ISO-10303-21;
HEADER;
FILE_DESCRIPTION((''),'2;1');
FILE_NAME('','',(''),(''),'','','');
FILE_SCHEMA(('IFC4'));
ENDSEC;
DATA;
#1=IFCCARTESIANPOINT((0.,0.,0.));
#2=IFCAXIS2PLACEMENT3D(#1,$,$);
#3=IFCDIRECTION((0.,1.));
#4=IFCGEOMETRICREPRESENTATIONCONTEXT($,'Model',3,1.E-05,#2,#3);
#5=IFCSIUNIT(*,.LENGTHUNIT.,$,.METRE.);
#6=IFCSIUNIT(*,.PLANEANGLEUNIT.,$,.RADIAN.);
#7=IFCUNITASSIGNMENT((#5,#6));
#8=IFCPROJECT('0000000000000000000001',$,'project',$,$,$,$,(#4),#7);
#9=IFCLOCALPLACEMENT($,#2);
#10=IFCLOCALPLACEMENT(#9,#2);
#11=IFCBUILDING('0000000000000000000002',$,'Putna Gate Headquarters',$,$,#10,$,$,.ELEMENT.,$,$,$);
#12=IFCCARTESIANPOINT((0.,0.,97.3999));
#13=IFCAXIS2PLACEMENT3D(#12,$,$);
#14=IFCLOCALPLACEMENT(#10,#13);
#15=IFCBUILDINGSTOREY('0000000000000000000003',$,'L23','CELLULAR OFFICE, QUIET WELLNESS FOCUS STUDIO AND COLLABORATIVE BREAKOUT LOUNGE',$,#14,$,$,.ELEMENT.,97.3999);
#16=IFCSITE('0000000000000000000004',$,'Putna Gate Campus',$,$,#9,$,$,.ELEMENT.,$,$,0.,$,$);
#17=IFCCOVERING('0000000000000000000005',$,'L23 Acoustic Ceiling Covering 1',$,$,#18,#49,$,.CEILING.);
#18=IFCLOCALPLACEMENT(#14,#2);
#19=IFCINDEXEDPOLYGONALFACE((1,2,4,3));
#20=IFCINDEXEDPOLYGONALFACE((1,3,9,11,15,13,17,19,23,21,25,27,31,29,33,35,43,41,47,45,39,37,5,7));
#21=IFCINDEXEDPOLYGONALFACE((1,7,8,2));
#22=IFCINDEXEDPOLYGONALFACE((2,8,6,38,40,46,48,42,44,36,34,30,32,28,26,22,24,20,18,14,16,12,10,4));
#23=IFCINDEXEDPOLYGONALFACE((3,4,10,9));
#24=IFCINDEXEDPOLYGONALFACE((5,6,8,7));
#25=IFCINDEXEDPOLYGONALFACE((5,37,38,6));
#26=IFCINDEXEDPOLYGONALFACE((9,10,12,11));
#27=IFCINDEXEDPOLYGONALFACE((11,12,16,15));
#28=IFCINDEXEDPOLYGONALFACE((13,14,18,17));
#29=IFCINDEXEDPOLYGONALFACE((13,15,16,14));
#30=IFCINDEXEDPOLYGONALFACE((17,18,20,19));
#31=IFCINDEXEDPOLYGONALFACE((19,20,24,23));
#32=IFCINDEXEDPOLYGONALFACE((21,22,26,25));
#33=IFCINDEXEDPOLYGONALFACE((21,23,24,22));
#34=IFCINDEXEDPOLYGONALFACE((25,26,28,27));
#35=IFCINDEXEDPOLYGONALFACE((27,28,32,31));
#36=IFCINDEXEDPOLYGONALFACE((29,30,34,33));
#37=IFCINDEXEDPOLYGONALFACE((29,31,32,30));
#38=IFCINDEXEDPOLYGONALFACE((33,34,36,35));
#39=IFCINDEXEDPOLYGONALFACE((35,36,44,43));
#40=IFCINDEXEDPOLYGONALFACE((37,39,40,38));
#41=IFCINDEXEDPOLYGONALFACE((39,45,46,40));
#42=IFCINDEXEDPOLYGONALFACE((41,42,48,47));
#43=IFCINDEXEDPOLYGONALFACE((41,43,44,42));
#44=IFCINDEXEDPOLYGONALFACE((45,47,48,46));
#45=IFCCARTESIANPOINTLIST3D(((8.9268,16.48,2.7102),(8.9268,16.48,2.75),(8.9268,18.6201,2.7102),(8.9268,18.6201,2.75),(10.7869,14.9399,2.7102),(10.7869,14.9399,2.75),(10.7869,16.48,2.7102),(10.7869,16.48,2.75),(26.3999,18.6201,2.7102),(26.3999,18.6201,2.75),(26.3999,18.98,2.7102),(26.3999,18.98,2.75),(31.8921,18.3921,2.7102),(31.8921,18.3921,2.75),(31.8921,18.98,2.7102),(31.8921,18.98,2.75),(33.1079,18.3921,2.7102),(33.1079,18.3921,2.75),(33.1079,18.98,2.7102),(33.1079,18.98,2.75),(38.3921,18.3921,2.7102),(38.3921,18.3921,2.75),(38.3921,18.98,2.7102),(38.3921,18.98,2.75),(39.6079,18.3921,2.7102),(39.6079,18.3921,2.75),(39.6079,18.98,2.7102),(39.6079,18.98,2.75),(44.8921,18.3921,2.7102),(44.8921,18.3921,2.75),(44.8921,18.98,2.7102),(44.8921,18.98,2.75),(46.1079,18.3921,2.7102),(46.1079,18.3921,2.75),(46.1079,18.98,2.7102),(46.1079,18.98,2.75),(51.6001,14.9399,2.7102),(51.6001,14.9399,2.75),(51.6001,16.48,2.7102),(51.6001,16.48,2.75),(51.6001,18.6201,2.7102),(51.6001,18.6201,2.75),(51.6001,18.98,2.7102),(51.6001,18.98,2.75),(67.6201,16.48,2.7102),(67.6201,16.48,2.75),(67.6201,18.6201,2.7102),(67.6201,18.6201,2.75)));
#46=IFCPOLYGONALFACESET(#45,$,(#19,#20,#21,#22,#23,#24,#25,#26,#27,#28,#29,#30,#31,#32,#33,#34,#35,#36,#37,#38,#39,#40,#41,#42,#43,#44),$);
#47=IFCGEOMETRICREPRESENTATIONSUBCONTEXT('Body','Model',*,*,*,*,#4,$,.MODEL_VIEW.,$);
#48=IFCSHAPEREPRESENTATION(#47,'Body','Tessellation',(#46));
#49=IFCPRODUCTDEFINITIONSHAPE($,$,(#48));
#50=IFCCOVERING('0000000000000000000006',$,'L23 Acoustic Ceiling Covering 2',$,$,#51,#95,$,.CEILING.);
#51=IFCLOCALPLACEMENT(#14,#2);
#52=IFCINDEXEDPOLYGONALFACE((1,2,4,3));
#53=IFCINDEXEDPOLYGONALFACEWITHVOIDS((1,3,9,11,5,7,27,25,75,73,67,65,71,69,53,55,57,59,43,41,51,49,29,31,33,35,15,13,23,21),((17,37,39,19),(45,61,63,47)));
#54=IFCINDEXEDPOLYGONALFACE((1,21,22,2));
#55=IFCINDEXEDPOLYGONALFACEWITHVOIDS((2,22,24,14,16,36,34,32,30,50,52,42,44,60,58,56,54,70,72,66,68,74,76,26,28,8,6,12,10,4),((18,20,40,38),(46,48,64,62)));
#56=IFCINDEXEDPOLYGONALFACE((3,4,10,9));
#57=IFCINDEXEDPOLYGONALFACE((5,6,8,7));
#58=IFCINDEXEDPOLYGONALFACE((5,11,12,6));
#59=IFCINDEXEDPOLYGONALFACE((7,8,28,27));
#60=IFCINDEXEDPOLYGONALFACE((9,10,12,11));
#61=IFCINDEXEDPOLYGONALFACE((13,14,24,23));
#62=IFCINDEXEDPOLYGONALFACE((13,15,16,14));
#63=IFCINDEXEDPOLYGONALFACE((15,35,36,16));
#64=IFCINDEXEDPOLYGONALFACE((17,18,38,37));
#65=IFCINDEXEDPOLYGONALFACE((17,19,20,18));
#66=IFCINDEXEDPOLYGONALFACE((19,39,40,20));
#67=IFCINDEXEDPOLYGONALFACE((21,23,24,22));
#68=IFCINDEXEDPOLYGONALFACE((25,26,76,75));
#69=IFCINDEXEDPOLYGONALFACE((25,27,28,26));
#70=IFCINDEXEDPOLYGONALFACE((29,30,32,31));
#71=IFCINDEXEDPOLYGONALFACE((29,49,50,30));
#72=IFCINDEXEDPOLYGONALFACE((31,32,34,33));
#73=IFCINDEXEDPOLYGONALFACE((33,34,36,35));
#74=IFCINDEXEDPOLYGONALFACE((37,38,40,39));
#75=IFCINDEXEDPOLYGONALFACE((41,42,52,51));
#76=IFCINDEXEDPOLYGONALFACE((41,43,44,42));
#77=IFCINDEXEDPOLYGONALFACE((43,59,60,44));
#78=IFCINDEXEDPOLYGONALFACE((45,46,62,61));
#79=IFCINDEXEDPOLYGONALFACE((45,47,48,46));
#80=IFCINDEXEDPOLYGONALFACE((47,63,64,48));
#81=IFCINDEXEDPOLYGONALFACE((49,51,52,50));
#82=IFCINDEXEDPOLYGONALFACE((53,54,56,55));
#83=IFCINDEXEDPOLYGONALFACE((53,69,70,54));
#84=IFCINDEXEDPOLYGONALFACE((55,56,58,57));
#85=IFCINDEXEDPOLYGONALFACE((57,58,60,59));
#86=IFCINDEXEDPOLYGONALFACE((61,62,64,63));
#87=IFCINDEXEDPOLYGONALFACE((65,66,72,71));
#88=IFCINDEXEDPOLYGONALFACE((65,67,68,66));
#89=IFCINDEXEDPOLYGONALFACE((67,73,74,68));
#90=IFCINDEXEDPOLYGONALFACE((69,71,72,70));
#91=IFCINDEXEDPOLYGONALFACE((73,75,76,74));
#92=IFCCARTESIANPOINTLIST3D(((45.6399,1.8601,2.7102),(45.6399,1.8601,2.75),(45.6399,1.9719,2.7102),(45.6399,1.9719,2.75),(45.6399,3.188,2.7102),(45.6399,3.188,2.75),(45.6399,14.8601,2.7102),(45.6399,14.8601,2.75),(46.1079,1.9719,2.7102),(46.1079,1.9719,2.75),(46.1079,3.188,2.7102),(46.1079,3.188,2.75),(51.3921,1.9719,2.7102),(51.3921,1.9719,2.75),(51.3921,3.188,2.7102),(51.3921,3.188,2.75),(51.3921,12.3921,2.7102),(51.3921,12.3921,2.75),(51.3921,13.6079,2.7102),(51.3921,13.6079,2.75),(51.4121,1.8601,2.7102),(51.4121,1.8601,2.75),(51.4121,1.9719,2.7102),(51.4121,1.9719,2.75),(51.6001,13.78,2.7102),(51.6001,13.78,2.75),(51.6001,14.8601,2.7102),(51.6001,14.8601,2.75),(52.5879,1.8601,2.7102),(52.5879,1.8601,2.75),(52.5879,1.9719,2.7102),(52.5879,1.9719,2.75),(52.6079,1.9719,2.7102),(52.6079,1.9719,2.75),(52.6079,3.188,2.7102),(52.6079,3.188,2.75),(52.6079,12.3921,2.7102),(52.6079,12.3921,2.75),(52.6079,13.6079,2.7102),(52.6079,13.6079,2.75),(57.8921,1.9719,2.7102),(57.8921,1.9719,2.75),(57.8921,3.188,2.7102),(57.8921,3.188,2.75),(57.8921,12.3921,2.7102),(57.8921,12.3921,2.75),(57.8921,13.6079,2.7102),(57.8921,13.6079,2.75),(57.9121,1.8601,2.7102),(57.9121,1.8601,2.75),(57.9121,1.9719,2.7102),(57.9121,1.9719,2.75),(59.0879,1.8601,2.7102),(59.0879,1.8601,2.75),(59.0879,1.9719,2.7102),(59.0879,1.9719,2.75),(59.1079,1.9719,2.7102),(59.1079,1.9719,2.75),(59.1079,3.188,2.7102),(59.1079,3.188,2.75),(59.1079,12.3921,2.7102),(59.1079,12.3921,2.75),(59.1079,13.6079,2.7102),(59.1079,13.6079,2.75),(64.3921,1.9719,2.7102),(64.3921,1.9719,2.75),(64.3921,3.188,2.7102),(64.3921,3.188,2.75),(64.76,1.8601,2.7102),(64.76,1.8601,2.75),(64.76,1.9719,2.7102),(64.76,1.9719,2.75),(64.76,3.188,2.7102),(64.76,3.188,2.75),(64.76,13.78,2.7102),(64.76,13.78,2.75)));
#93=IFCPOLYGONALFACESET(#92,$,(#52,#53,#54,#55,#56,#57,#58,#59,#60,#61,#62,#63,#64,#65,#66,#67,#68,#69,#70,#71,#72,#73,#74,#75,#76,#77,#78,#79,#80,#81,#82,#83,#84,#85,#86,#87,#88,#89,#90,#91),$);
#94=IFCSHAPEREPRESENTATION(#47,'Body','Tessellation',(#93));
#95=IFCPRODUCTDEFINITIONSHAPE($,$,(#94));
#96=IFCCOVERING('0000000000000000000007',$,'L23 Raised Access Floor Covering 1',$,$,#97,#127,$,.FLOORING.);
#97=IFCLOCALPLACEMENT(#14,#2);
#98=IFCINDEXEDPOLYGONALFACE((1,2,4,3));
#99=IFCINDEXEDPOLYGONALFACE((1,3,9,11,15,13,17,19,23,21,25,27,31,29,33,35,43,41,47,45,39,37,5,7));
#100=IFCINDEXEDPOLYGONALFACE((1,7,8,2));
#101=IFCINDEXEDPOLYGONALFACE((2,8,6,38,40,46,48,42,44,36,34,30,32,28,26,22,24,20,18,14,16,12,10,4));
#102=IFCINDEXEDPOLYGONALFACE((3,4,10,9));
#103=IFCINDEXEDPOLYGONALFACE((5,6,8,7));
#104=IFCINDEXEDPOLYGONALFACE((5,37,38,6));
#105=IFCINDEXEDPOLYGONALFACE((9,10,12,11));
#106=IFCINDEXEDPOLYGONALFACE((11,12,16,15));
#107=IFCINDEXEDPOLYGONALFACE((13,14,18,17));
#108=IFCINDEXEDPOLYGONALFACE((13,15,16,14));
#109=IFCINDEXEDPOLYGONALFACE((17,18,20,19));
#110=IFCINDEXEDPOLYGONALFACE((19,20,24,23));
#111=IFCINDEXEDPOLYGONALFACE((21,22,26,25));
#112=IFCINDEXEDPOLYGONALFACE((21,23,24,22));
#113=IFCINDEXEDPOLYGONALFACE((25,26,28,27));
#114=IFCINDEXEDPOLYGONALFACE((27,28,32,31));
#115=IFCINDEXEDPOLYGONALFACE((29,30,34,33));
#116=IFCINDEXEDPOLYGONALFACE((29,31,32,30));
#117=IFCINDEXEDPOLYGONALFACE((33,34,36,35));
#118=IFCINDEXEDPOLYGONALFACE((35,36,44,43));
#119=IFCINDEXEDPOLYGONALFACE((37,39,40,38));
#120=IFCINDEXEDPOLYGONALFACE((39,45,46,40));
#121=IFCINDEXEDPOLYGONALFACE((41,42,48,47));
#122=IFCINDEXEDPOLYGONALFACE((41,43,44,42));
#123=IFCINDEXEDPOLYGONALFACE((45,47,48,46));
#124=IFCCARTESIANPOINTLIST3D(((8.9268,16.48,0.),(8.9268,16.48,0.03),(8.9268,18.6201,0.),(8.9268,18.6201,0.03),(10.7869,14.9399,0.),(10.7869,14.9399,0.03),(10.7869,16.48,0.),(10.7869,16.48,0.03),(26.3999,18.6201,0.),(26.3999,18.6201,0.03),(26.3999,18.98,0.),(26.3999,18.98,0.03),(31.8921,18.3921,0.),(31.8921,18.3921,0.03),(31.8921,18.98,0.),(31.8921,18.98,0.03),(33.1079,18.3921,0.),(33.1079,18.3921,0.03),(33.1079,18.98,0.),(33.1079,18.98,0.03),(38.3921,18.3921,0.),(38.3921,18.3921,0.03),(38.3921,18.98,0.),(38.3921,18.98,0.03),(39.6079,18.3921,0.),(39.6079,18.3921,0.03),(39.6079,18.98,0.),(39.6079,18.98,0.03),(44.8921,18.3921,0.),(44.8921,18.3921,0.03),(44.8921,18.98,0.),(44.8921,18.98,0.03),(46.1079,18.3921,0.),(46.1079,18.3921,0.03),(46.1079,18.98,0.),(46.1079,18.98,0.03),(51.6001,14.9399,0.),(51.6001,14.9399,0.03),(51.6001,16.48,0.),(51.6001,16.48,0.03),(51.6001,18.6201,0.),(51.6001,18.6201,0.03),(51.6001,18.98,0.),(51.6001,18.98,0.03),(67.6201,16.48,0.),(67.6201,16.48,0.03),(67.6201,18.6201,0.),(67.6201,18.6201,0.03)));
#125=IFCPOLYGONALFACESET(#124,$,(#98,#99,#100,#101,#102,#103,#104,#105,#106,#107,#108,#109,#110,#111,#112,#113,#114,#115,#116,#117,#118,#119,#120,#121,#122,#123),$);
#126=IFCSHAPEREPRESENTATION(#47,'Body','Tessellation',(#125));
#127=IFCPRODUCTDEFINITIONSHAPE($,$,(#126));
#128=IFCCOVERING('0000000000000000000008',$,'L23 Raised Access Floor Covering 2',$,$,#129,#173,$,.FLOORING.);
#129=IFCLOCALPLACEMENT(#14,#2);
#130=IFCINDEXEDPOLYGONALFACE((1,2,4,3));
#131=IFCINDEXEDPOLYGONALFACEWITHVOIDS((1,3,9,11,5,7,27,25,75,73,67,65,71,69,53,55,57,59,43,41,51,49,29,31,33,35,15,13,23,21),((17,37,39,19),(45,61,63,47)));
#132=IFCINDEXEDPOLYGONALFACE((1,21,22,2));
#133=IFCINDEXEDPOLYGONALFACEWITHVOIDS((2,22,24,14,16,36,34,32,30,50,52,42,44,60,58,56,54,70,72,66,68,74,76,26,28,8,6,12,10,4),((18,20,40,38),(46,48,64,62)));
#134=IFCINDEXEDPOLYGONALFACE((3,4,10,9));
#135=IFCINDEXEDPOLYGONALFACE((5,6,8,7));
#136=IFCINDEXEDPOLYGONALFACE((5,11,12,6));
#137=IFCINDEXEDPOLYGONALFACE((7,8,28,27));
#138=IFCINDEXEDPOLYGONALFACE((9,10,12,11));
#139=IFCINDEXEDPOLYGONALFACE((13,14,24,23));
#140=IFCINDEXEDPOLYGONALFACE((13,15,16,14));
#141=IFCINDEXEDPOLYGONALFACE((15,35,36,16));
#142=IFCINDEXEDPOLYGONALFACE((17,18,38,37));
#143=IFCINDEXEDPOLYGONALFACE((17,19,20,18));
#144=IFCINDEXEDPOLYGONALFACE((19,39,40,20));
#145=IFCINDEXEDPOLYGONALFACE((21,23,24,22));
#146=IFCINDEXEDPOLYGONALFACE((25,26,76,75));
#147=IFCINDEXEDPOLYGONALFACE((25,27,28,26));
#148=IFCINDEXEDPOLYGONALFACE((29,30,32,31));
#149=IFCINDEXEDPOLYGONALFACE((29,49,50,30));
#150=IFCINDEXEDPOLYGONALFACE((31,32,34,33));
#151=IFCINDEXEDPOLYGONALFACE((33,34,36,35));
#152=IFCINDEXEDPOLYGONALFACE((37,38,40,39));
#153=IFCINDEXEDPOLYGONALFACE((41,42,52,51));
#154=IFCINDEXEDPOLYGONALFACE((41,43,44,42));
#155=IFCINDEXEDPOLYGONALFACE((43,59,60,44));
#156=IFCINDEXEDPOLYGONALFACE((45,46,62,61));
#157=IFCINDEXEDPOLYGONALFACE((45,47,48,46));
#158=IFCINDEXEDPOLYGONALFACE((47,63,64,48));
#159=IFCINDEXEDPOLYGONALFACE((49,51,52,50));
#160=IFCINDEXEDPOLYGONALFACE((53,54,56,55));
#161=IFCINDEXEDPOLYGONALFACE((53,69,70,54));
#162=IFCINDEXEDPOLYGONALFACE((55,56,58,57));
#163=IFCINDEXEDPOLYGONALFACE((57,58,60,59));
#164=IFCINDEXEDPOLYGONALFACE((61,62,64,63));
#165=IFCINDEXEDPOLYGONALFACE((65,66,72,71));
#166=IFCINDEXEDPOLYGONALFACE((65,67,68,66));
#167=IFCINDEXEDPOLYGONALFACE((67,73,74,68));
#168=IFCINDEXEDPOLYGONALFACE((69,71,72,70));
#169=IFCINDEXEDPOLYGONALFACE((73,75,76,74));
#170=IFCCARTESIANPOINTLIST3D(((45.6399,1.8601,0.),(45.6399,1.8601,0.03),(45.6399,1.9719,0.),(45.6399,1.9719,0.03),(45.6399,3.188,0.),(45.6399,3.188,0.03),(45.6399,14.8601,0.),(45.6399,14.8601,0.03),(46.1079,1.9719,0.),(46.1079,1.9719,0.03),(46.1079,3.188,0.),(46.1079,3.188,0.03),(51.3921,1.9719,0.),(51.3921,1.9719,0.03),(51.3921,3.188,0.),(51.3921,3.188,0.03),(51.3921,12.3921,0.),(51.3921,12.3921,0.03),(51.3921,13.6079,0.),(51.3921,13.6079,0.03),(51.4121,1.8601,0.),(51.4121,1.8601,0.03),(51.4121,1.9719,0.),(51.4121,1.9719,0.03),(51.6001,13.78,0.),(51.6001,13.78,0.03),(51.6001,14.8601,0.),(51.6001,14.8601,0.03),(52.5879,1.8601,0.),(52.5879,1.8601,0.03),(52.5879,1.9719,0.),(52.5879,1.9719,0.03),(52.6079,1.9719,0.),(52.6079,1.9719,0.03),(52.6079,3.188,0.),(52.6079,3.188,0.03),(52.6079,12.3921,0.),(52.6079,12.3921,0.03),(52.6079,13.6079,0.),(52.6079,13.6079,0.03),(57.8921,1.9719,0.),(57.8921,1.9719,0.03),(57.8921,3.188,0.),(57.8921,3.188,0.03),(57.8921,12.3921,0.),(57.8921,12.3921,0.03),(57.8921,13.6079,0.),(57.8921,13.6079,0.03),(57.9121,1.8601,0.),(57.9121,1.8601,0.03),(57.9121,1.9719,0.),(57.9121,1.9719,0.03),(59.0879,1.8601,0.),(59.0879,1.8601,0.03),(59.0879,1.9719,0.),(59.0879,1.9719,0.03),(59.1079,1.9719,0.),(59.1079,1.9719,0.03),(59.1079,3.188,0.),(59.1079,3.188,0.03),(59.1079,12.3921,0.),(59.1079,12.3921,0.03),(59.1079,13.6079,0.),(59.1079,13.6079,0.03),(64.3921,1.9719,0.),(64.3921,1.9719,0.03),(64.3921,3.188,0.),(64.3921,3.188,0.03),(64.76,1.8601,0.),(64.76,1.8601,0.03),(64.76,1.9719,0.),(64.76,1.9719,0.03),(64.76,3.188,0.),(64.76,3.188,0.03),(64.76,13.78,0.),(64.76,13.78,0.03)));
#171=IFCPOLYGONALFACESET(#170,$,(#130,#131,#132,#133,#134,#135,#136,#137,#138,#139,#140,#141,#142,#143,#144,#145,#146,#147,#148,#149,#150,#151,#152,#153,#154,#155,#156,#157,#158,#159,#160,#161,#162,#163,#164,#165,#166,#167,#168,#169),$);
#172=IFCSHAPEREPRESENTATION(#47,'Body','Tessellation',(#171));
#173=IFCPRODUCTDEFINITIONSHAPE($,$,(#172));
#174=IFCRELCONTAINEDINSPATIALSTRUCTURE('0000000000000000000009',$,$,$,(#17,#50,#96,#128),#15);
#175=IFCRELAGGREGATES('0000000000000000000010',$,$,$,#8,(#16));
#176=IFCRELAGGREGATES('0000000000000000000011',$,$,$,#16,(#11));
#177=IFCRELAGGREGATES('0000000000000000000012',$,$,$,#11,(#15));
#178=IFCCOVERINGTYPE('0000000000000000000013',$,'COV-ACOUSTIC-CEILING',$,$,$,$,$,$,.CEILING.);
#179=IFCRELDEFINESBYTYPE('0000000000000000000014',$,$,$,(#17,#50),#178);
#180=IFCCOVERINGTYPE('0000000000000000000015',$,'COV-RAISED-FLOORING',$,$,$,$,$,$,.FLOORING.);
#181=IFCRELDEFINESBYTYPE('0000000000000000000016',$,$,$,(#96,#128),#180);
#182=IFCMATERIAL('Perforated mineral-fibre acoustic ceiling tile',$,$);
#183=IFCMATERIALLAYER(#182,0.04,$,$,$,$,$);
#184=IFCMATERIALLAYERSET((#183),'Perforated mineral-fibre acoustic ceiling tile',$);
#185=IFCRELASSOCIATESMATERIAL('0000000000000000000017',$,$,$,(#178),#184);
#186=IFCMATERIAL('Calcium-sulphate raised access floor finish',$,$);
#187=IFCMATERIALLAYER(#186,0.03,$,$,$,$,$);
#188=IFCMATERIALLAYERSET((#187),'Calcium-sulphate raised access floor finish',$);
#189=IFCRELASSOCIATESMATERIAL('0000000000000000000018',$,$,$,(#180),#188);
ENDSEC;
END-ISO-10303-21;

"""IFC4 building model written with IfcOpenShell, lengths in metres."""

from ifc_helpers import new_model, si_unit, direction, frame, origin, place, context, subcontext, project, spatial, polyline, outline, extrude, material, layer, layer_set, type_object, element, save


model = new_model("IFC4")

# Units and contexts
model_context = context("Model", 3, precision=1e-05, world=origin(), true_north=direction((0.0, 1.0)))
body_context = subcontext(model_context, "Body", "Model", "MODEL_VIEW")
ifc_project = project(units=[si_unit("LENGTHUNIT", "METRE"), si_unit("PLANEANGLEUNIT", "RADIAN")], contexts=[model_context])

# Site, building, storey
site_placement = place(None, origin())
site = spatial("IfcSite", under=ifc_project, at=site_placement, Name="Putna Gate Campus", CompositionType="ELEMENT", RefElevation=0.0)
building_placement = place(site_placement, origin())
building = spatial("IfcBuilding", under=site, at=building_placement, Name="Putna Gate Headquarters", CompositionType="ELEMENT")
storey_placement = place(building_placement, frame((0.0, 0.0, 97.3999)))
storey = spatial("IfcBuildingStorey", under=building, at=storey_placement, Name="L23", Description="CELLULAR OFFICE, QUIET WELLNESS FOCUS STUDIO AND COLLABORATIVE BREAKOUT LOUNGE", CompositionType="ELEMENT", Elevation=97.3999)

# Coverings
ifc_material_1 = material(Name="Perforated mineral-fibre acoustic ceiling tile")
ifc_layer_1 = layer(ifc_material_1, 0.04)
ifc_layer_set_1 = layer_set([ifc_layer_1], Name="Perforated mineral-fibre acoustic ceiling tile")
covering_type_1 = type_object("IfcCoveringType", Name="COV-ACOUSTIC-CEILING", PredefinedType="CEILING", material=ifc_layer_set_1)
covering_1_placement = place(storey_placement, frame((0.0, 0.0, 2.7102)))
element("IfcCovering", 1, at=covering_1_placement, inside=storey, type_object=covering_type_1, Name="L23 Acoustic Ceiling Covering 1", PredefinedType="CEILING", context=body_context, shape_type="SweptSolid", body=[
    extrude(outline(polyline([(10.7869, 16.48), (10.7869, 14.9399), (51.6001, 14.9399), (51.6001, 16.48), (67.6201, 16.48), (67.6201, 18.6201), (51.6001, 18.6201), (51.6001, 18.98), (46.1079, 18.98), (46.1079, 18.3921), (44.8921, 18.3921), (44.8921, 18.98), (39.6079, 18.98), (39.6079, 18.3921), (38.3921, 18.3921), (38.3921, 18.98), (33.1079, 18.98), (33.1079, 18.3921), (31.8921, 18.3921), (31.8921, 18.98), (26.3999, 18.98), (26.3999, 18.6201), (8.9268, 18.6201), (8.9268, 16.48), (10.7869, 16.48)])), origin(), (0.0, 0.0, 1.0), 0.0398),
])
covering_2_placement = place(storey_placement, frame((0.0, 0.0, 2.7102)))
element("IfcCovering", 2, at=covering_2_placement, inside=storey, type_object=covering_type_1, Name="L23 Acoustic Ceiling Covering 2", PredefinedType="CEILING", context=body_context, shape_type="SweptSolid", body=[
    extrude(outline(polyline([(64.76, 1.9719), (64.3921, 1.9719), (64.3921, 3.188), (64.76, 3.188), (64.76, 13.78), (51.6001, 13.78), (51.6001, 14.8601), (45.6399, 14.8601), (45.6399, 3.188), (46.1079, 3.188), (46.1079, 1.9719), (45.6399, 1.9719), (45.6399, 1.8601), (51.4121, 1.8601), (51.4121, 1.9719), (51.3921, 1.9719), (51.3921, 3.188), (52.6079, 3.188), (52.6079, 1.9719), (52.5879, 1.9719), (52.5879, 1.8601), (57.9121, 1.8601), (57.9121, 1.9719), (57.8921, 1.9719), (57.8921, 3.188), (59.1079, 3.188), (59.1079, 1.9719), (59.0879, 1.9719), (59.0879, 1.8601), (64.76, 1.8601), (64.76, 1.9719)]), holes=[polyline([(59.1079, 12.3921), (59.1079, 13.6079), (57.8921, 13.6079), (57.8921, 12.3921), (59.1079, 12.3921)]), polyline([(52.6079, 12.3921), (52.6079, 13.6079), (51.3921, 13.6079), (51.3921, 12.3921), (52.6079, 12.3921)])]), origin(), (0.0, 0.0, 1.0), 0.0398),
])
ifc_material_2 = material(Name="Calcium-sulphate raised access floor finish")
ifc_layer_2 = layer(ifc_material_2, 0.03)
ifc_layer_set_2 = layer_set([ifc_layer_2], Name="Calcium-sulphate raised access floor finish")
covering_type_2 = type_object("IfcCoveringType", Name="COV-RAISED-FLOORING", PredefinedType="FLOORING", material=ifc_layer_set_2)
covering_3_placement = place(storey_placement, origin())
element("IfcCovering", 3, at=covering_3_placement, inside=storey, type_object=covering_type_2, Name="L23 Raised Access Floor Covering 1", PredefinedType="FLOORING", context=body_context, shape_type="SweptSolid", body=[
    extrude(outline(polyline([(10.7869, 16.48), (10.7869, 14.9399), (51.6001, 14.9399), (51.6001, 16.48), (67.6201, 16.48), (67.6201, 18.6201), (51.6001, 18.6201), (51.6001, 18.98), (46.1079, 18.98), (46.1079, 18.3921), (44.8921, 18.3921), (44.8921, 18.98), (39.6079, 18.98), (39.6079, 18.3921), (38.3921, 18.3921), (38.3921, 18.98), (33.1079, 18.98), (33.1079, 18.3921), (31.8921, 18.3921), (31.8921, 18.98), (26.3999, 18.98), (26.3999, 18.6201), (8.9268, 18.6201), (8.9268, 16.48), (10.7869, 16.48)])), origin(), (0.0, 0.0, 1.0), 0.03),
])
covering_4_placement = place(storey_placement, origin())
element("IfcCovering", 4, at=covering_4_placement, inside=storey, type_object=covering_type_2, Name="L23 Raised Access Floor Covering 2", PredefinedType="FLOORING", context=body_context, shape_type="SweptSolid", body=[
    extrude(outline(polyline([(64.76, 1.9719), (64.3921, 1.9719), (64.3921, 3.188), (64.76, 3.188), (64.76, 13.78), (51.6001, 13.78), (51.6001, 14.8601), (45.6399, 14.8601), (45.6399, 3.188), (46.1079, 3.188), (46.1079, 1.9719), (45.6399, 1.9719), (45.6399, 1.8601), (51.4121, 1.8601), (51.4121, 1.9719), (51.3921, 1.9719), (51.3921, 3.188), (52.6079, 3.188), (52.6079, 1.9719), (52.5879, 1.9719), (52.5879, 1.8601), (57.9121, 1.8601), (57.9121, 1.9719), (57.8921, 1.9719), (57.8921, 3.188), (59.1079, 3.188), (59.1079, 1.9719), (59.0879, 1.9719), (59.0879, 1.8601), (64.76, 1.8601), (64.76, 1.9719)]), holes=[polyline([(59.1079, 12.3921), (59.1079, 13.6079), (57.8921, 13.6079), (57.8921, 12.3921), (59.1079, 12.3921)]), polyline([(52.6079, 12.3921), (52.6079, 13.6079), (51.3921, 13.6079), (51.3921, 12.3921), (52.6079, 12.3921)])]), origin(), (0.0, 0.0, 1.0), 0.03),
])

save(model, "model.ifc")
